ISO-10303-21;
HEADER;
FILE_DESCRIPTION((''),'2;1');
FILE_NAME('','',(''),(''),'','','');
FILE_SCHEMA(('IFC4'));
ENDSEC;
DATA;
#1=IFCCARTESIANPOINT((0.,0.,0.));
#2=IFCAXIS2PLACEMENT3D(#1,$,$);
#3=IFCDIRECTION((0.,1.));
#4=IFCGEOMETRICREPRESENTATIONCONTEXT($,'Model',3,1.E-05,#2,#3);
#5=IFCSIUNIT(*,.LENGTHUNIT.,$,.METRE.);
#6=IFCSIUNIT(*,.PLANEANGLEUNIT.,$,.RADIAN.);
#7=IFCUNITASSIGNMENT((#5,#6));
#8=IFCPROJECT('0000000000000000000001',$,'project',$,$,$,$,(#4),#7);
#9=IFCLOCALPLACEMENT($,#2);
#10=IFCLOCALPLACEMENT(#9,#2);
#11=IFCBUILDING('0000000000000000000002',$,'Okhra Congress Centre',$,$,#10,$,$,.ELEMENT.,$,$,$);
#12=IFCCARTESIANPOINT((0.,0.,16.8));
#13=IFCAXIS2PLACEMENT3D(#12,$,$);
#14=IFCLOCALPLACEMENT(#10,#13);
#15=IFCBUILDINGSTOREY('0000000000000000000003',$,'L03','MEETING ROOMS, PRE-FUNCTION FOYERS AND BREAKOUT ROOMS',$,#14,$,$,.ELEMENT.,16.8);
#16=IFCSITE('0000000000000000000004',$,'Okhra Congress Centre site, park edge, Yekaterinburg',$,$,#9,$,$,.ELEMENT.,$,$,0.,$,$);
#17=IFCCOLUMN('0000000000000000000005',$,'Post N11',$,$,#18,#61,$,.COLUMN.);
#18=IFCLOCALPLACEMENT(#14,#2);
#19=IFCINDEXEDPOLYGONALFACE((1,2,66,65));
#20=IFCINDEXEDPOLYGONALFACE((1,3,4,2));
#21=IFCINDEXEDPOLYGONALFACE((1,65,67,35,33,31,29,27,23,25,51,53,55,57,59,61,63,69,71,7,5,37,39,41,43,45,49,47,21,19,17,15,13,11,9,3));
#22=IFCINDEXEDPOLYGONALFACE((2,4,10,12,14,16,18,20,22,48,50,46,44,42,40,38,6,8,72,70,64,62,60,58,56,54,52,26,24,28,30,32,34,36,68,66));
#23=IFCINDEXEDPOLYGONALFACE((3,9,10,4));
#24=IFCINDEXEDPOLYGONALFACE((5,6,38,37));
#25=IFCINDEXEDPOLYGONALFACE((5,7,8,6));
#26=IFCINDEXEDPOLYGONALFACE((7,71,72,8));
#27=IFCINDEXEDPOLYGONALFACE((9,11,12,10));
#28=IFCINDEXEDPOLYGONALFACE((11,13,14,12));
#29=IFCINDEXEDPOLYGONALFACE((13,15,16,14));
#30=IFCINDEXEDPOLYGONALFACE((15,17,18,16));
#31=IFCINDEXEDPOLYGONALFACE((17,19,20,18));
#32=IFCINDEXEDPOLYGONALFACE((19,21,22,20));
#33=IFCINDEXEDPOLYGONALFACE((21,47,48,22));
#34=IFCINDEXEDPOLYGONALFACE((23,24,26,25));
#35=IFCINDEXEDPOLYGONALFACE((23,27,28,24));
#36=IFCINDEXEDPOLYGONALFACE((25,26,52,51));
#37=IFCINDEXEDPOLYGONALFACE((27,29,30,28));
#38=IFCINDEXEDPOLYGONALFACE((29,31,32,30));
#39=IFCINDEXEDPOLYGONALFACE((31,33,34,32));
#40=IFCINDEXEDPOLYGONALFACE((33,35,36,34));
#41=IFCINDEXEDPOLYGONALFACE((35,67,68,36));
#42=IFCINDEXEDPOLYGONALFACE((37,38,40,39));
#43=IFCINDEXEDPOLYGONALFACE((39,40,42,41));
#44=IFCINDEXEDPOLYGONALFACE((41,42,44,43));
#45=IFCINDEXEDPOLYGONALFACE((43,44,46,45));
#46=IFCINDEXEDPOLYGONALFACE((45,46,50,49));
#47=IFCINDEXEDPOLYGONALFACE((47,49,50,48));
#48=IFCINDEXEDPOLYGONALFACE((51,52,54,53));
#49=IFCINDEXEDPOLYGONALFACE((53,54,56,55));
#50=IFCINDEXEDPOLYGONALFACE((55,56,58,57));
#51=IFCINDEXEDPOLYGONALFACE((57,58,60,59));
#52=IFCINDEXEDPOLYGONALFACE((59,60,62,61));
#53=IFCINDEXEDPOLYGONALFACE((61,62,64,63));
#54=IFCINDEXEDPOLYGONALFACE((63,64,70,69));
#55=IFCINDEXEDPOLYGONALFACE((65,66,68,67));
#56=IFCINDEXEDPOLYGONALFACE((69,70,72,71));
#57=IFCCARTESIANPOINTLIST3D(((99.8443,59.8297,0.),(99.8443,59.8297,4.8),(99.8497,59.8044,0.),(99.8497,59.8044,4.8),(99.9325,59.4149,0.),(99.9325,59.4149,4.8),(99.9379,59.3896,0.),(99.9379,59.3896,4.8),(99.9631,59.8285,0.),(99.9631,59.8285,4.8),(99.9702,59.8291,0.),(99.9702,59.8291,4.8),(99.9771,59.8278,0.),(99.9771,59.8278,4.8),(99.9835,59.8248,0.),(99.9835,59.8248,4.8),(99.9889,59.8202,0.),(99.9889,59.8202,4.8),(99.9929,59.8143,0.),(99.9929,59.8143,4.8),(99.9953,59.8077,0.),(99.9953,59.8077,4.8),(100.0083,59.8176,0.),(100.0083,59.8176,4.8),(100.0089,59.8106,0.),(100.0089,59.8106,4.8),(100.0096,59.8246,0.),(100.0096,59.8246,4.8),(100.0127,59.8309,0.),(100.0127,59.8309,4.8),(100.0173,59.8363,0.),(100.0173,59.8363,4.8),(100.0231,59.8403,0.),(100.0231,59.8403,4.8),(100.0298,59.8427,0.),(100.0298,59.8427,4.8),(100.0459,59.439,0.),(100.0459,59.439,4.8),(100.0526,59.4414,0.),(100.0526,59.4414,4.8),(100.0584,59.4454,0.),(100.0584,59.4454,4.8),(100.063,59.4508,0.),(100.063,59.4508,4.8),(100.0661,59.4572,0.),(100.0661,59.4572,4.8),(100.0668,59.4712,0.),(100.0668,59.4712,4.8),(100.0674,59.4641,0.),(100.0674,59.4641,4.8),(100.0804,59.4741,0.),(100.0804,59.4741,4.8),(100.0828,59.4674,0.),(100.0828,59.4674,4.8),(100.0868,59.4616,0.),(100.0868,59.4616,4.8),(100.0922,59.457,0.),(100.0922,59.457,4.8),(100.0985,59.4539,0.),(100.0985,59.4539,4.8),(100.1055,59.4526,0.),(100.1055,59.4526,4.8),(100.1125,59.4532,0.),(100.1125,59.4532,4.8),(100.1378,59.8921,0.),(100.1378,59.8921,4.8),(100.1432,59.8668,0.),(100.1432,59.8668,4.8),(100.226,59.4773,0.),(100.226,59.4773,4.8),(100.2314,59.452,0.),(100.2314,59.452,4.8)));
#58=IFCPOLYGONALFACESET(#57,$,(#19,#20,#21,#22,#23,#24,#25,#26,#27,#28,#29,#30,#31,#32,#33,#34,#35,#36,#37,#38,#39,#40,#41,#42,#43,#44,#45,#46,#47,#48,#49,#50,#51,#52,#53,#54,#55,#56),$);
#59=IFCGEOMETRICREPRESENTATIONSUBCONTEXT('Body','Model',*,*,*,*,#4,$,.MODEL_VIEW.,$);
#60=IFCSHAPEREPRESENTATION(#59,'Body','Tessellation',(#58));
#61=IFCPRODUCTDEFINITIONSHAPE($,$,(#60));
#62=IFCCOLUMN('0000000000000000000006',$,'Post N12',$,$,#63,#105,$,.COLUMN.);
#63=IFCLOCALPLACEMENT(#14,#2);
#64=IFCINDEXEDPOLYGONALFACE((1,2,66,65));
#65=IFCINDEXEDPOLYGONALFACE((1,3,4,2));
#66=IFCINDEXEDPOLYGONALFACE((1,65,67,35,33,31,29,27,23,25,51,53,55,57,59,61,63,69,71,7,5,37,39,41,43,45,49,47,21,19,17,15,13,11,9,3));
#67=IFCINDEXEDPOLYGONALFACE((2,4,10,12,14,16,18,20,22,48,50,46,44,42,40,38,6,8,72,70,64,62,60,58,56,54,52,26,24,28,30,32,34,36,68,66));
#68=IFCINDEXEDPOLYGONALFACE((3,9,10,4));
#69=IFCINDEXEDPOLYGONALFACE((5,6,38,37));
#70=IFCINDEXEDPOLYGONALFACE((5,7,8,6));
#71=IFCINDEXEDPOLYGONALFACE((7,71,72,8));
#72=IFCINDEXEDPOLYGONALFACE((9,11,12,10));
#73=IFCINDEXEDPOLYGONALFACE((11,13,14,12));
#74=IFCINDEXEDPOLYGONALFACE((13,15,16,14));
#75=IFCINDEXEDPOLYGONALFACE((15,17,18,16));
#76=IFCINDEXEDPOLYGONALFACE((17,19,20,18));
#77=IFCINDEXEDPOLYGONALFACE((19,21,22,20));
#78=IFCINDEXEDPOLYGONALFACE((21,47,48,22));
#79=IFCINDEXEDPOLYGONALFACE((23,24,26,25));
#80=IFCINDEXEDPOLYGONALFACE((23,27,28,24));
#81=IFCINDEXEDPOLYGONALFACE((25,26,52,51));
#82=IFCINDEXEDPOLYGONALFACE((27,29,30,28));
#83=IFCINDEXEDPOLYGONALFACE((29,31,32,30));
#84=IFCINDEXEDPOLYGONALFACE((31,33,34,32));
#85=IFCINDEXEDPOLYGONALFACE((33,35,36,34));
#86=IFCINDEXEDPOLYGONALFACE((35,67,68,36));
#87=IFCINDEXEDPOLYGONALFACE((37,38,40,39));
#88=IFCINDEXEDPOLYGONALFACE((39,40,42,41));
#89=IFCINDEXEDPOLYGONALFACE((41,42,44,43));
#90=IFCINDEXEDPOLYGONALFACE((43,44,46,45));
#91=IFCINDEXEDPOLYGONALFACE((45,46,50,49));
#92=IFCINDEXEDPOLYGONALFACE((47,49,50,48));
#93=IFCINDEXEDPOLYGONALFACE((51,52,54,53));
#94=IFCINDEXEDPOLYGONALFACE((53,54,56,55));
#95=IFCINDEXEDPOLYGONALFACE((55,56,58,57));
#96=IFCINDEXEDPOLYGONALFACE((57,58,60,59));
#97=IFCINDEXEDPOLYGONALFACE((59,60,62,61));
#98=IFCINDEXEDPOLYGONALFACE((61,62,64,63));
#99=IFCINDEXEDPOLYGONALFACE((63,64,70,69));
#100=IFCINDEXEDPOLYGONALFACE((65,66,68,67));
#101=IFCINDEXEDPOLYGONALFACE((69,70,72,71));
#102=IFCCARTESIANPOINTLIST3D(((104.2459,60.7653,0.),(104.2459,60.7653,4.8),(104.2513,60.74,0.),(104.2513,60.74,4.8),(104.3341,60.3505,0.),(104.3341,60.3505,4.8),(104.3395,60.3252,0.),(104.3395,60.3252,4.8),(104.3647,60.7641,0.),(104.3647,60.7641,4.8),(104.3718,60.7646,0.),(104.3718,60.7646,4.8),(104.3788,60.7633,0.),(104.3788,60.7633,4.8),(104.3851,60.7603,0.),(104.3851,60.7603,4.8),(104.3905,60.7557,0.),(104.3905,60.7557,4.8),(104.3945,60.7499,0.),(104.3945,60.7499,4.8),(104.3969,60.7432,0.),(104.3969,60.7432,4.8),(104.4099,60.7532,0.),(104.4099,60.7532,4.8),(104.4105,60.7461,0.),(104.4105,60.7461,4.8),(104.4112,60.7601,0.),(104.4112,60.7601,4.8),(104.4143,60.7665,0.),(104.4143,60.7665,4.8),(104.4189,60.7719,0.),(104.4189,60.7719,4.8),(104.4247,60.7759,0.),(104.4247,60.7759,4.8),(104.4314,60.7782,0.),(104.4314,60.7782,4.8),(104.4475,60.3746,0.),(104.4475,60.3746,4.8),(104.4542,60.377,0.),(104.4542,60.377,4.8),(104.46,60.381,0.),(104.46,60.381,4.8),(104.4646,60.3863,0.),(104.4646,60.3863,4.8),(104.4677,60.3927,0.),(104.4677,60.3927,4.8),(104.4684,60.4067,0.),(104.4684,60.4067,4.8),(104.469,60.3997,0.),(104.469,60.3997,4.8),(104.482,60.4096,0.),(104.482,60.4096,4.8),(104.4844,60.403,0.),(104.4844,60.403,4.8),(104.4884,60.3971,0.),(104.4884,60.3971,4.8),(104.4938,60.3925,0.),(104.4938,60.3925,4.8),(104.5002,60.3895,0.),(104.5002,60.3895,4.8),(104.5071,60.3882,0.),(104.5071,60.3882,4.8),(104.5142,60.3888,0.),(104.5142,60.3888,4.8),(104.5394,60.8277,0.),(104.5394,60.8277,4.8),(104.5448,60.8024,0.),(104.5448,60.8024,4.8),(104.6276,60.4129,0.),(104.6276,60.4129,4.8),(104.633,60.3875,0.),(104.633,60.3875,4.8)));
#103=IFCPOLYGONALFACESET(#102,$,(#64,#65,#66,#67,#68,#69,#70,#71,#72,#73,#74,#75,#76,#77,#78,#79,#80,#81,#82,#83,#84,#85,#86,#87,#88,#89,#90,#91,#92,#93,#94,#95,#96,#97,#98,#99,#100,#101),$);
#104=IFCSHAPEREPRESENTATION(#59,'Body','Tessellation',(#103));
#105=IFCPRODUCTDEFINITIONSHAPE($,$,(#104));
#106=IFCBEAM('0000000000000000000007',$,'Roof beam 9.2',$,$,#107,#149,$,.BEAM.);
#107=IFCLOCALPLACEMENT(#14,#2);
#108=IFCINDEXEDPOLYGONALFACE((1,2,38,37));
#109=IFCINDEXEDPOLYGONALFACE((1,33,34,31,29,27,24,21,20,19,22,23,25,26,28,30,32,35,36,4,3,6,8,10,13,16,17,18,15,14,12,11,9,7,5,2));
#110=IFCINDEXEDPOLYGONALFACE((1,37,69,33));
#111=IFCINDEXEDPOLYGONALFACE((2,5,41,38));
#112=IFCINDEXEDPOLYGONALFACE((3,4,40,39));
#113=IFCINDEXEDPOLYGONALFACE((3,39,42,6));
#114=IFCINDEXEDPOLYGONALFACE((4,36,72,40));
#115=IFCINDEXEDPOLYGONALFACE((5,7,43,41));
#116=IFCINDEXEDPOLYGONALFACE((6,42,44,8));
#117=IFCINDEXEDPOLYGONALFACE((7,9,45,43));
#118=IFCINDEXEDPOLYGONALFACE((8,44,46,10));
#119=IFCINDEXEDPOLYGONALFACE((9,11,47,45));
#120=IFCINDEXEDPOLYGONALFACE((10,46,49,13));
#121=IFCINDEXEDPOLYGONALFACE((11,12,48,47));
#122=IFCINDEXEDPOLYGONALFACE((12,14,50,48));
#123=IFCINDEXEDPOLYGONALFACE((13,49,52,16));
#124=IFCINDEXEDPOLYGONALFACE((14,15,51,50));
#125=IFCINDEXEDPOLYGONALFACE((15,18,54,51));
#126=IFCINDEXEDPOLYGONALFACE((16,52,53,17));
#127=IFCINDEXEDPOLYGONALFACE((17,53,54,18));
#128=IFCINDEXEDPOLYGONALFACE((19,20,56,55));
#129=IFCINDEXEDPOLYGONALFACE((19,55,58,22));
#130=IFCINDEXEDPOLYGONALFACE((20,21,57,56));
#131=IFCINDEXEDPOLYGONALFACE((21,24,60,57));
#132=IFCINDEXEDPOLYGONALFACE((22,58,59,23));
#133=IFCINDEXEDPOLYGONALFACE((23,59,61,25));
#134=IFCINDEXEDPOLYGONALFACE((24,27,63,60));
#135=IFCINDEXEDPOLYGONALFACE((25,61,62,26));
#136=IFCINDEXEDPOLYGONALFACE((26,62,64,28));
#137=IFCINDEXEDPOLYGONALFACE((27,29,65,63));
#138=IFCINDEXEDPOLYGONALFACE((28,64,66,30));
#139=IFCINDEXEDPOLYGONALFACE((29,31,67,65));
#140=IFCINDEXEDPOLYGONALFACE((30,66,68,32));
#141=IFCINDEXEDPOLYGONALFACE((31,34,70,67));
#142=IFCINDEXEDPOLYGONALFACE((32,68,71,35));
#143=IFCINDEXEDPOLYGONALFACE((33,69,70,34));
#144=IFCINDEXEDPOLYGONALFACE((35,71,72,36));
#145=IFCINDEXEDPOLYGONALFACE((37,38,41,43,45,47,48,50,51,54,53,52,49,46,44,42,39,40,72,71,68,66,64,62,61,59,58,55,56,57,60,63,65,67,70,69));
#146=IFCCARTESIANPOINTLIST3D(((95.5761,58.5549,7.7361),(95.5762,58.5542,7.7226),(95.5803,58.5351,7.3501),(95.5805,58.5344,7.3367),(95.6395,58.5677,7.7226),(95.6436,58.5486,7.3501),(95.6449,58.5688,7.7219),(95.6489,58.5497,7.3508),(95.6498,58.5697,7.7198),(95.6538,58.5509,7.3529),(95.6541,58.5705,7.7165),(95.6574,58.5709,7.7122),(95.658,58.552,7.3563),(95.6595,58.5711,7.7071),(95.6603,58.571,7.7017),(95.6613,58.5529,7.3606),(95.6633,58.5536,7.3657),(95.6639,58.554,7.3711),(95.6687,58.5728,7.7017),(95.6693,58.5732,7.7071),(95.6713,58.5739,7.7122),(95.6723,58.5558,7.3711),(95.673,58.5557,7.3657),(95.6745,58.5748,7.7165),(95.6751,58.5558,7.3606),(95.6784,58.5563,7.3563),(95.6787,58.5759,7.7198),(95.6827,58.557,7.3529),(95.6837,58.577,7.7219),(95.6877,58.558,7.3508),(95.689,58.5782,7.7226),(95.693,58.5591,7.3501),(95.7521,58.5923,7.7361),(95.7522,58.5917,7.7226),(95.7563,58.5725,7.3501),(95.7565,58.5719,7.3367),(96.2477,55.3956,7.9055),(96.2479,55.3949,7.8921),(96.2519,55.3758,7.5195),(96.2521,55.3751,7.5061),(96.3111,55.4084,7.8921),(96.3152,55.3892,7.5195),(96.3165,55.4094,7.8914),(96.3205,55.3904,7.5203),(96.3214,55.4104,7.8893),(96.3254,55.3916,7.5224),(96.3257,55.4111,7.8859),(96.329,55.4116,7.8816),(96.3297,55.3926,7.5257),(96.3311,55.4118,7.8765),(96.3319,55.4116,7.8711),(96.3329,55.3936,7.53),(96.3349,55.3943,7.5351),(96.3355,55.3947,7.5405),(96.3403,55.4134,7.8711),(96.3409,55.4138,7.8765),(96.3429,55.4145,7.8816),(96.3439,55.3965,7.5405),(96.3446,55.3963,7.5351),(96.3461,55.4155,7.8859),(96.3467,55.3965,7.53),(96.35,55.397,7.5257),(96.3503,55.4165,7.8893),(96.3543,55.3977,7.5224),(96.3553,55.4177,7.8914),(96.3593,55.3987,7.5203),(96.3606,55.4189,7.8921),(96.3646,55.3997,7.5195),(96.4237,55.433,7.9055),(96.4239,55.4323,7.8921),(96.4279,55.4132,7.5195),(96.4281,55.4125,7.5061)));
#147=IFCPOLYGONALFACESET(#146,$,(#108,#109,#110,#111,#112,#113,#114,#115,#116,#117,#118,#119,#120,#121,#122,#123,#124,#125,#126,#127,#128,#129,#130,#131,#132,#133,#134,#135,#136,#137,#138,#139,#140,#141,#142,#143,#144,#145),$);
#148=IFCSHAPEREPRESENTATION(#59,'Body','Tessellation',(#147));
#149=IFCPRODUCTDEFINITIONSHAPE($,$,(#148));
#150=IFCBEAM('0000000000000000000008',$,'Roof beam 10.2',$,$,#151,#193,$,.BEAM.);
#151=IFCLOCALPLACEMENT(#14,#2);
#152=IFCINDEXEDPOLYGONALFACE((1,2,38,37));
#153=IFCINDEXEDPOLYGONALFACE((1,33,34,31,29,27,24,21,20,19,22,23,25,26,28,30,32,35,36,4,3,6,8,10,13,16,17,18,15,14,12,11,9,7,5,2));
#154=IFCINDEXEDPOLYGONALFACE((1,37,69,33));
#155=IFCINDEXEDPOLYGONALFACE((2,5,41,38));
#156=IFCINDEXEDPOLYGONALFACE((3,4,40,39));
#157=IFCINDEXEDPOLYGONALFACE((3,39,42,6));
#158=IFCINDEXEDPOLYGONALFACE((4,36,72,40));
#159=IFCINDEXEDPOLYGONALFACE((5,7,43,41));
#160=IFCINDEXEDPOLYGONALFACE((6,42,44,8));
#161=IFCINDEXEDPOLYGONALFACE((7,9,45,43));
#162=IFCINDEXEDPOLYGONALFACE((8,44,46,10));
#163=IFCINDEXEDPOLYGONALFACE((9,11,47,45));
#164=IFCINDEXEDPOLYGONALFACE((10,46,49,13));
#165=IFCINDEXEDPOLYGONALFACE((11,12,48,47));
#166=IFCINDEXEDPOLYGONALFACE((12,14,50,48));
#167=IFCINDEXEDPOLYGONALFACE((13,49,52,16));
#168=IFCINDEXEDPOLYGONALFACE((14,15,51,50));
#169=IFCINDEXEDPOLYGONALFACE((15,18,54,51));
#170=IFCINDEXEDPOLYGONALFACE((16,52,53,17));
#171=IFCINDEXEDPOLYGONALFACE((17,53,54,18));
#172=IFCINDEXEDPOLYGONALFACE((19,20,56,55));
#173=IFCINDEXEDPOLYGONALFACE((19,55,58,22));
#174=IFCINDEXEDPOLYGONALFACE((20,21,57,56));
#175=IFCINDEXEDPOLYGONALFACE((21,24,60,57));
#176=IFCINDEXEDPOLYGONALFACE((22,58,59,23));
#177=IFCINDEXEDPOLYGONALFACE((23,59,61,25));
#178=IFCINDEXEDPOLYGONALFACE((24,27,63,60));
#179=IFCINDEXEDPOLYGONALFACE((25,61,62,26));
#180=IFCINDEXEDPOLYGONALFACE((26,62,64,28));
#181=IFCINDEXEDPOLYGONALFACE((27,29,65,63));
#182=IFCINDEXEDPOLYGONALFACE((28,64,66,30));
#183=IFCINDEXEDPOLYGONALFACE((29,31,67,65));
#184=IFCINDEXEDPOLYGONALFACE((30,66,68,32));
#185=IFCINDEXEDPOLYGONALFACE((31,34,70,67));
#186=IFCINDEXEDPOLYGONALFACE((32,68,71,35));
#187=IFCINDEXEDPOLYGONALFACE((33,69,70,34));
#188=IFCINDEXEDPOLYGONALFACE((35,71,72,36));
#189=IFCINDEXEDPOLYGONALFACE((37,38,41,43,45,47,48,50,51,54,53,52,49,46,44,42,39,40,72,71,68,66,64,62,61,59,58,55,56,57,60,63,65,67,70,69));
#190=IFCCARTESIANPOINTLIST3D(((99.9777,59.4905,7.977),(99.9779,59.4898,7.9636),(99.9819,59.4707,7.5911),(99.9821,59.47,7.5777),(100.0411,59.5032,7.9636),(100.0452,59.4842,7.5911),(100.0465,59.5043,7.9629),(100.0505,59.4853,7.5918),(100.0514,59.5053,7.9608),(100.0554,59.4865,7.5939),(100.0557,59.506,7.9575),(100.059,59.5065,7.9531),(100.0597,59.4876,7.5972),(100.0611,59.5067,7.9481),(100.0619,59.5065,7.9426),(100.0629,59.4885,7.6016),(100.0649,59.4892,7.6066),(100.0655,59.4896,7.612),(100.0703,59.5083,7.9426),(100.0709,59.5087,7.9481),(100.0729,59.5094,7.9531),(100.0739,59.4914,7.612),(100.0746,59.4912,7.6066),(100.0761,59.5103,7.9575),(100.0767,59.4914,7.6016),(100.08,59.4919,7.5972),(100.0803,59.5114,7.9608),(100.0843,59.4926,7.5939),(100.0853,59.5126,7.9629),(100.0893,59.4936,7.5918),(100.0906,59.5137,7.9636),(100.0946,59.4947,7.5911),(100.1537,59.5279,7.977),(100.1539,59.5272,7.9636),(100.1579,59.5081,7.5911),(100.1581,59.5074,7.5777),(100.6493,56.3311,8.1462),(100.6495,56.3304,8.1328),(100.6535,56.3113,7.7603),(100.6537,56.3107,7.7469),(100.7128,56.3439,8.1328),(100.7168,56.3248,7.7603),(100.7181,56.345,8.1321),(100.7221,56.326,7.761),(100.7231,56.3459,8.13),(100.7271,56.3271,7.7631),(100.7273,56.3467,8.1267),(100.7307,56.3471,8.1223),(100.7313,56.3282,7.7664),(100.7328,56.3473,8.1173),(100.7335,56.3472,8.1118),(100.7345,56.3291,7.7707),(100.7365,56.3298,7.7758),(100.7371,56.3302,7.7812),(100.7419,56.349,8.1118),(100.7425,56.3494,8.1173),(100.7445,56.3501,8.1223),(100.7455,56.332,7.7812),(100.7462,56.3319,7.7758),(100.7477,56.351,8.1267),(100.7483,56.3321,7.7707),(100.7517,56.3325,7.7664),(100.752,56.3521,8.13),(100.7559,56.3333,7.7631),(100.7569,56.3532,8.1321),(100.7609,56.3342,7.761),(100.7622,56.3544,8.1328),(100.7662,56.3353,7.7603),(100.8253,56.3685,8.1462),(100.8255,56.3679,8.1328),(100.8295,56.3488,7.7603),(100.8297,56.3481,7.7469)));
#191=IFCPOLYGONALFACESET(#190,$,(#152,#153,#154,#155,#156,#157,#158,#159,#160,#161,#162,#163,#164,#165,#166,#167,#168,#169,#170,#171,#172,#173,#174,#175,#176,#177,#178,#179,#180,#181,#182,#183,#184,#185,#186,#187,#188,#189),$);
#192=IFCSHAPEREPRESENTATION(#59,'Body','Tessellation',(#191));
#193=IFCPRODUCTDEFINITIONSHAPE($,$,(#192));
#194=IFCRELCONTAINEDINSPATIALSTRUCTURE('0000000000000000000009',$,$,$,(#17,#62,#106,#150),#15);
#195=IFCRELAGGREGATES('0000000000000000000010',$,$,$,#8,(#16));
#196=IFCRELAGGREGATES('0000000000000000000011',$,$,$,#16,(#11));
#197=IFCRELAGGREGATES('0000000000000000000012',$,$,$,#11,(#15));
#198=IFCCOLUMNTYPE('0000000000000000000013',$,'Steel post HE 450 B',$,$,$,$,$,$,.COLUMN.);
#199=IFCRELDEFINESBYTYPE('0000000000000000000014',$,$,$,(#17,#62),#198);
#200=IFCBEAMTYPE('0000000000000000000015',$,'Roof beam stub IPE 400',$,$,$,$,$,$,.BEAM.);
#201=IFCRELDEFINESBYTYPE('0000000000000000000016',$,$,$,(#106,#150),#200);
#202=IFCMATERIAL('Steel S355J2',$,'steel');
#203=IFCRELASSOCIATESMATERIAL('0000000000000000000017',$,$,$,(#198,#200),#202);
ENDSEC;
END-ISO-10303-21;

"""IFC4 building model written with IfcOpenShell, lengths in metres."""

from ifc_helpers import new_model, si_unit, direction, frame, origin, origin_2d, place, context, subcontext, project, spatial, i_section, extrude, material, material_profile, profile_set, type_object, element, save


model = new_model("IFC4")

# Units and contexts
model_context = context("Model", 3, precision=1e-05, world=origin(), true_north=direction((0.0, 1.0)))
body_context = subcontext(model_context, "Body", "Model", "MODEL_VIEW")
ifc_project = project(units=[si_unit("LENGTHUNIT", "METRE"), si_unit("PLANEANGLEUNIT", "RADIAN")], contexts=[model_context])

# Site, building, storey
site_placement = place(None, origin())
site = spatial("IfcSite", under=ifc_project, at=site_placement, Name="Okhra Congress Centre site, park edge, Yekaterinburg", CompositionType="ELEMENT", RefElevation=0.0)
building_placement = place(site_placement, origin())
building = spatial("IfcBuilding", under=site, at=building_placement, Name="Okhra Congress Centre", CompositionType="ELEMENT")
storey_placement = place(building_placement, frame((0.0, 0.0, 16.8)))
storey = spatial("IfcBuildingStorey", under=building, at=storey_placement, Name="L03", Description="MEETING ROOMS, PRE-FUNCTION FOYERS AND BREAKOUT ROOMS", CompositionType="ELEMENT", Elevation=16.8)

# Columns
ifc_material_1 = material(Name="Steel S355J2", Category="steel")
ifc_material_profile_1 = material_profile(ifc_material_1, i_section(OverallWidth=0.3, OverallDepth=0.45, WebThickness=0.0139, FlangeThickness=0.0259, FilletRadius=0.0271, at=origin_2d()), Name="HE 450 B")
ifc_profile_set_1 = profile_set([ifc_material_profile_1], Name="Steel S355J2")
column_type = type_object("IfcColumnType", Name="Steel post HE 450 B", PredefinedType="COLUMN", material=ifc_profile_set_1)
for number, where, z_axis, x_axis, name in (
    (1, (100.0378, 59.6409, 0.0), (0.0, 0.0, 1.0), (0.978148, 0.207912, 0.0), "Post N11"),
    (2, (104.4395, 60.5764, 0.0), (0.0, 0.0, 1.0), (0.978148, 0.207912, 0.0), "Post N12"),
):
    element("IfcColumn", number, at=place(storey_placement, frame(where, z_axis=z_axis, x_axis=x_axis)), inside=storey, type_object=column_type, Name=name, PredefinedType="COLUMN", context=body_context, shape_type="SweptSolid", body=[
        extrude(i_section(OverallWidth=0.3, OverallDepth=0.45, WebThickness=0.0139, FlangeThickness=0.0259, FilletRadius=0.0271, at=origin_2d()), origin(), (0.0, 0.0, 1.0), 4.8),
    ])

# Beams
ifc_material_profile_2 = material_profile(ifc_material_1, i_section(OverallWidth=0.1799, OverallDepth=0.3999, WebThickness=0.0085, FlangeThickness=0.0134, FilletRadius=0.021, at=origin_2d()), Name="IPE 400")
ifc_profile_set_2 = profile_set([ifc_material_profile_2], Name="Steel S355J2")
beam_type = type_object("IfcBeamType", Name="Roof beam stub IPE 400", PredefinedType="BEAM", material=ifc_profile_set_2)
for number, where, z_axis, x_axis, name in (
    (3, (96.3379, 55.4041, 7.7058), (-0.207648, 0.9768, -0.052384), (-0.978143, -0.207934, 0.0), "Roof beam 9.2"),
    (4, (100.7395, 56.3396, 7.9465), (-0.207649, 0.976804, -0.052309), (-0.978143, -0.207934, 0.0), "Roof beam 10.2"),
):
    element("IfcBeam", number, at=place(storey_placement, frame(where, z_axis=z_axis, x_axis=x_axis)), inside=storey, type_object=beam_type, Name=name, PredefinedType="BEAM", context=body_context, shape_type="SweptSolid", body=[
        extrude(i_section(OverallWidth=0.1799, OverallDepth=0.3999, WebThickness=0.0085, FlangeThickness=0.0134, FilletRadius=0.021, at=origin_2d()), origin(), (0.0, 0.0, 1.0), 3.2344),
    ])

save(model, "model.ifc")
